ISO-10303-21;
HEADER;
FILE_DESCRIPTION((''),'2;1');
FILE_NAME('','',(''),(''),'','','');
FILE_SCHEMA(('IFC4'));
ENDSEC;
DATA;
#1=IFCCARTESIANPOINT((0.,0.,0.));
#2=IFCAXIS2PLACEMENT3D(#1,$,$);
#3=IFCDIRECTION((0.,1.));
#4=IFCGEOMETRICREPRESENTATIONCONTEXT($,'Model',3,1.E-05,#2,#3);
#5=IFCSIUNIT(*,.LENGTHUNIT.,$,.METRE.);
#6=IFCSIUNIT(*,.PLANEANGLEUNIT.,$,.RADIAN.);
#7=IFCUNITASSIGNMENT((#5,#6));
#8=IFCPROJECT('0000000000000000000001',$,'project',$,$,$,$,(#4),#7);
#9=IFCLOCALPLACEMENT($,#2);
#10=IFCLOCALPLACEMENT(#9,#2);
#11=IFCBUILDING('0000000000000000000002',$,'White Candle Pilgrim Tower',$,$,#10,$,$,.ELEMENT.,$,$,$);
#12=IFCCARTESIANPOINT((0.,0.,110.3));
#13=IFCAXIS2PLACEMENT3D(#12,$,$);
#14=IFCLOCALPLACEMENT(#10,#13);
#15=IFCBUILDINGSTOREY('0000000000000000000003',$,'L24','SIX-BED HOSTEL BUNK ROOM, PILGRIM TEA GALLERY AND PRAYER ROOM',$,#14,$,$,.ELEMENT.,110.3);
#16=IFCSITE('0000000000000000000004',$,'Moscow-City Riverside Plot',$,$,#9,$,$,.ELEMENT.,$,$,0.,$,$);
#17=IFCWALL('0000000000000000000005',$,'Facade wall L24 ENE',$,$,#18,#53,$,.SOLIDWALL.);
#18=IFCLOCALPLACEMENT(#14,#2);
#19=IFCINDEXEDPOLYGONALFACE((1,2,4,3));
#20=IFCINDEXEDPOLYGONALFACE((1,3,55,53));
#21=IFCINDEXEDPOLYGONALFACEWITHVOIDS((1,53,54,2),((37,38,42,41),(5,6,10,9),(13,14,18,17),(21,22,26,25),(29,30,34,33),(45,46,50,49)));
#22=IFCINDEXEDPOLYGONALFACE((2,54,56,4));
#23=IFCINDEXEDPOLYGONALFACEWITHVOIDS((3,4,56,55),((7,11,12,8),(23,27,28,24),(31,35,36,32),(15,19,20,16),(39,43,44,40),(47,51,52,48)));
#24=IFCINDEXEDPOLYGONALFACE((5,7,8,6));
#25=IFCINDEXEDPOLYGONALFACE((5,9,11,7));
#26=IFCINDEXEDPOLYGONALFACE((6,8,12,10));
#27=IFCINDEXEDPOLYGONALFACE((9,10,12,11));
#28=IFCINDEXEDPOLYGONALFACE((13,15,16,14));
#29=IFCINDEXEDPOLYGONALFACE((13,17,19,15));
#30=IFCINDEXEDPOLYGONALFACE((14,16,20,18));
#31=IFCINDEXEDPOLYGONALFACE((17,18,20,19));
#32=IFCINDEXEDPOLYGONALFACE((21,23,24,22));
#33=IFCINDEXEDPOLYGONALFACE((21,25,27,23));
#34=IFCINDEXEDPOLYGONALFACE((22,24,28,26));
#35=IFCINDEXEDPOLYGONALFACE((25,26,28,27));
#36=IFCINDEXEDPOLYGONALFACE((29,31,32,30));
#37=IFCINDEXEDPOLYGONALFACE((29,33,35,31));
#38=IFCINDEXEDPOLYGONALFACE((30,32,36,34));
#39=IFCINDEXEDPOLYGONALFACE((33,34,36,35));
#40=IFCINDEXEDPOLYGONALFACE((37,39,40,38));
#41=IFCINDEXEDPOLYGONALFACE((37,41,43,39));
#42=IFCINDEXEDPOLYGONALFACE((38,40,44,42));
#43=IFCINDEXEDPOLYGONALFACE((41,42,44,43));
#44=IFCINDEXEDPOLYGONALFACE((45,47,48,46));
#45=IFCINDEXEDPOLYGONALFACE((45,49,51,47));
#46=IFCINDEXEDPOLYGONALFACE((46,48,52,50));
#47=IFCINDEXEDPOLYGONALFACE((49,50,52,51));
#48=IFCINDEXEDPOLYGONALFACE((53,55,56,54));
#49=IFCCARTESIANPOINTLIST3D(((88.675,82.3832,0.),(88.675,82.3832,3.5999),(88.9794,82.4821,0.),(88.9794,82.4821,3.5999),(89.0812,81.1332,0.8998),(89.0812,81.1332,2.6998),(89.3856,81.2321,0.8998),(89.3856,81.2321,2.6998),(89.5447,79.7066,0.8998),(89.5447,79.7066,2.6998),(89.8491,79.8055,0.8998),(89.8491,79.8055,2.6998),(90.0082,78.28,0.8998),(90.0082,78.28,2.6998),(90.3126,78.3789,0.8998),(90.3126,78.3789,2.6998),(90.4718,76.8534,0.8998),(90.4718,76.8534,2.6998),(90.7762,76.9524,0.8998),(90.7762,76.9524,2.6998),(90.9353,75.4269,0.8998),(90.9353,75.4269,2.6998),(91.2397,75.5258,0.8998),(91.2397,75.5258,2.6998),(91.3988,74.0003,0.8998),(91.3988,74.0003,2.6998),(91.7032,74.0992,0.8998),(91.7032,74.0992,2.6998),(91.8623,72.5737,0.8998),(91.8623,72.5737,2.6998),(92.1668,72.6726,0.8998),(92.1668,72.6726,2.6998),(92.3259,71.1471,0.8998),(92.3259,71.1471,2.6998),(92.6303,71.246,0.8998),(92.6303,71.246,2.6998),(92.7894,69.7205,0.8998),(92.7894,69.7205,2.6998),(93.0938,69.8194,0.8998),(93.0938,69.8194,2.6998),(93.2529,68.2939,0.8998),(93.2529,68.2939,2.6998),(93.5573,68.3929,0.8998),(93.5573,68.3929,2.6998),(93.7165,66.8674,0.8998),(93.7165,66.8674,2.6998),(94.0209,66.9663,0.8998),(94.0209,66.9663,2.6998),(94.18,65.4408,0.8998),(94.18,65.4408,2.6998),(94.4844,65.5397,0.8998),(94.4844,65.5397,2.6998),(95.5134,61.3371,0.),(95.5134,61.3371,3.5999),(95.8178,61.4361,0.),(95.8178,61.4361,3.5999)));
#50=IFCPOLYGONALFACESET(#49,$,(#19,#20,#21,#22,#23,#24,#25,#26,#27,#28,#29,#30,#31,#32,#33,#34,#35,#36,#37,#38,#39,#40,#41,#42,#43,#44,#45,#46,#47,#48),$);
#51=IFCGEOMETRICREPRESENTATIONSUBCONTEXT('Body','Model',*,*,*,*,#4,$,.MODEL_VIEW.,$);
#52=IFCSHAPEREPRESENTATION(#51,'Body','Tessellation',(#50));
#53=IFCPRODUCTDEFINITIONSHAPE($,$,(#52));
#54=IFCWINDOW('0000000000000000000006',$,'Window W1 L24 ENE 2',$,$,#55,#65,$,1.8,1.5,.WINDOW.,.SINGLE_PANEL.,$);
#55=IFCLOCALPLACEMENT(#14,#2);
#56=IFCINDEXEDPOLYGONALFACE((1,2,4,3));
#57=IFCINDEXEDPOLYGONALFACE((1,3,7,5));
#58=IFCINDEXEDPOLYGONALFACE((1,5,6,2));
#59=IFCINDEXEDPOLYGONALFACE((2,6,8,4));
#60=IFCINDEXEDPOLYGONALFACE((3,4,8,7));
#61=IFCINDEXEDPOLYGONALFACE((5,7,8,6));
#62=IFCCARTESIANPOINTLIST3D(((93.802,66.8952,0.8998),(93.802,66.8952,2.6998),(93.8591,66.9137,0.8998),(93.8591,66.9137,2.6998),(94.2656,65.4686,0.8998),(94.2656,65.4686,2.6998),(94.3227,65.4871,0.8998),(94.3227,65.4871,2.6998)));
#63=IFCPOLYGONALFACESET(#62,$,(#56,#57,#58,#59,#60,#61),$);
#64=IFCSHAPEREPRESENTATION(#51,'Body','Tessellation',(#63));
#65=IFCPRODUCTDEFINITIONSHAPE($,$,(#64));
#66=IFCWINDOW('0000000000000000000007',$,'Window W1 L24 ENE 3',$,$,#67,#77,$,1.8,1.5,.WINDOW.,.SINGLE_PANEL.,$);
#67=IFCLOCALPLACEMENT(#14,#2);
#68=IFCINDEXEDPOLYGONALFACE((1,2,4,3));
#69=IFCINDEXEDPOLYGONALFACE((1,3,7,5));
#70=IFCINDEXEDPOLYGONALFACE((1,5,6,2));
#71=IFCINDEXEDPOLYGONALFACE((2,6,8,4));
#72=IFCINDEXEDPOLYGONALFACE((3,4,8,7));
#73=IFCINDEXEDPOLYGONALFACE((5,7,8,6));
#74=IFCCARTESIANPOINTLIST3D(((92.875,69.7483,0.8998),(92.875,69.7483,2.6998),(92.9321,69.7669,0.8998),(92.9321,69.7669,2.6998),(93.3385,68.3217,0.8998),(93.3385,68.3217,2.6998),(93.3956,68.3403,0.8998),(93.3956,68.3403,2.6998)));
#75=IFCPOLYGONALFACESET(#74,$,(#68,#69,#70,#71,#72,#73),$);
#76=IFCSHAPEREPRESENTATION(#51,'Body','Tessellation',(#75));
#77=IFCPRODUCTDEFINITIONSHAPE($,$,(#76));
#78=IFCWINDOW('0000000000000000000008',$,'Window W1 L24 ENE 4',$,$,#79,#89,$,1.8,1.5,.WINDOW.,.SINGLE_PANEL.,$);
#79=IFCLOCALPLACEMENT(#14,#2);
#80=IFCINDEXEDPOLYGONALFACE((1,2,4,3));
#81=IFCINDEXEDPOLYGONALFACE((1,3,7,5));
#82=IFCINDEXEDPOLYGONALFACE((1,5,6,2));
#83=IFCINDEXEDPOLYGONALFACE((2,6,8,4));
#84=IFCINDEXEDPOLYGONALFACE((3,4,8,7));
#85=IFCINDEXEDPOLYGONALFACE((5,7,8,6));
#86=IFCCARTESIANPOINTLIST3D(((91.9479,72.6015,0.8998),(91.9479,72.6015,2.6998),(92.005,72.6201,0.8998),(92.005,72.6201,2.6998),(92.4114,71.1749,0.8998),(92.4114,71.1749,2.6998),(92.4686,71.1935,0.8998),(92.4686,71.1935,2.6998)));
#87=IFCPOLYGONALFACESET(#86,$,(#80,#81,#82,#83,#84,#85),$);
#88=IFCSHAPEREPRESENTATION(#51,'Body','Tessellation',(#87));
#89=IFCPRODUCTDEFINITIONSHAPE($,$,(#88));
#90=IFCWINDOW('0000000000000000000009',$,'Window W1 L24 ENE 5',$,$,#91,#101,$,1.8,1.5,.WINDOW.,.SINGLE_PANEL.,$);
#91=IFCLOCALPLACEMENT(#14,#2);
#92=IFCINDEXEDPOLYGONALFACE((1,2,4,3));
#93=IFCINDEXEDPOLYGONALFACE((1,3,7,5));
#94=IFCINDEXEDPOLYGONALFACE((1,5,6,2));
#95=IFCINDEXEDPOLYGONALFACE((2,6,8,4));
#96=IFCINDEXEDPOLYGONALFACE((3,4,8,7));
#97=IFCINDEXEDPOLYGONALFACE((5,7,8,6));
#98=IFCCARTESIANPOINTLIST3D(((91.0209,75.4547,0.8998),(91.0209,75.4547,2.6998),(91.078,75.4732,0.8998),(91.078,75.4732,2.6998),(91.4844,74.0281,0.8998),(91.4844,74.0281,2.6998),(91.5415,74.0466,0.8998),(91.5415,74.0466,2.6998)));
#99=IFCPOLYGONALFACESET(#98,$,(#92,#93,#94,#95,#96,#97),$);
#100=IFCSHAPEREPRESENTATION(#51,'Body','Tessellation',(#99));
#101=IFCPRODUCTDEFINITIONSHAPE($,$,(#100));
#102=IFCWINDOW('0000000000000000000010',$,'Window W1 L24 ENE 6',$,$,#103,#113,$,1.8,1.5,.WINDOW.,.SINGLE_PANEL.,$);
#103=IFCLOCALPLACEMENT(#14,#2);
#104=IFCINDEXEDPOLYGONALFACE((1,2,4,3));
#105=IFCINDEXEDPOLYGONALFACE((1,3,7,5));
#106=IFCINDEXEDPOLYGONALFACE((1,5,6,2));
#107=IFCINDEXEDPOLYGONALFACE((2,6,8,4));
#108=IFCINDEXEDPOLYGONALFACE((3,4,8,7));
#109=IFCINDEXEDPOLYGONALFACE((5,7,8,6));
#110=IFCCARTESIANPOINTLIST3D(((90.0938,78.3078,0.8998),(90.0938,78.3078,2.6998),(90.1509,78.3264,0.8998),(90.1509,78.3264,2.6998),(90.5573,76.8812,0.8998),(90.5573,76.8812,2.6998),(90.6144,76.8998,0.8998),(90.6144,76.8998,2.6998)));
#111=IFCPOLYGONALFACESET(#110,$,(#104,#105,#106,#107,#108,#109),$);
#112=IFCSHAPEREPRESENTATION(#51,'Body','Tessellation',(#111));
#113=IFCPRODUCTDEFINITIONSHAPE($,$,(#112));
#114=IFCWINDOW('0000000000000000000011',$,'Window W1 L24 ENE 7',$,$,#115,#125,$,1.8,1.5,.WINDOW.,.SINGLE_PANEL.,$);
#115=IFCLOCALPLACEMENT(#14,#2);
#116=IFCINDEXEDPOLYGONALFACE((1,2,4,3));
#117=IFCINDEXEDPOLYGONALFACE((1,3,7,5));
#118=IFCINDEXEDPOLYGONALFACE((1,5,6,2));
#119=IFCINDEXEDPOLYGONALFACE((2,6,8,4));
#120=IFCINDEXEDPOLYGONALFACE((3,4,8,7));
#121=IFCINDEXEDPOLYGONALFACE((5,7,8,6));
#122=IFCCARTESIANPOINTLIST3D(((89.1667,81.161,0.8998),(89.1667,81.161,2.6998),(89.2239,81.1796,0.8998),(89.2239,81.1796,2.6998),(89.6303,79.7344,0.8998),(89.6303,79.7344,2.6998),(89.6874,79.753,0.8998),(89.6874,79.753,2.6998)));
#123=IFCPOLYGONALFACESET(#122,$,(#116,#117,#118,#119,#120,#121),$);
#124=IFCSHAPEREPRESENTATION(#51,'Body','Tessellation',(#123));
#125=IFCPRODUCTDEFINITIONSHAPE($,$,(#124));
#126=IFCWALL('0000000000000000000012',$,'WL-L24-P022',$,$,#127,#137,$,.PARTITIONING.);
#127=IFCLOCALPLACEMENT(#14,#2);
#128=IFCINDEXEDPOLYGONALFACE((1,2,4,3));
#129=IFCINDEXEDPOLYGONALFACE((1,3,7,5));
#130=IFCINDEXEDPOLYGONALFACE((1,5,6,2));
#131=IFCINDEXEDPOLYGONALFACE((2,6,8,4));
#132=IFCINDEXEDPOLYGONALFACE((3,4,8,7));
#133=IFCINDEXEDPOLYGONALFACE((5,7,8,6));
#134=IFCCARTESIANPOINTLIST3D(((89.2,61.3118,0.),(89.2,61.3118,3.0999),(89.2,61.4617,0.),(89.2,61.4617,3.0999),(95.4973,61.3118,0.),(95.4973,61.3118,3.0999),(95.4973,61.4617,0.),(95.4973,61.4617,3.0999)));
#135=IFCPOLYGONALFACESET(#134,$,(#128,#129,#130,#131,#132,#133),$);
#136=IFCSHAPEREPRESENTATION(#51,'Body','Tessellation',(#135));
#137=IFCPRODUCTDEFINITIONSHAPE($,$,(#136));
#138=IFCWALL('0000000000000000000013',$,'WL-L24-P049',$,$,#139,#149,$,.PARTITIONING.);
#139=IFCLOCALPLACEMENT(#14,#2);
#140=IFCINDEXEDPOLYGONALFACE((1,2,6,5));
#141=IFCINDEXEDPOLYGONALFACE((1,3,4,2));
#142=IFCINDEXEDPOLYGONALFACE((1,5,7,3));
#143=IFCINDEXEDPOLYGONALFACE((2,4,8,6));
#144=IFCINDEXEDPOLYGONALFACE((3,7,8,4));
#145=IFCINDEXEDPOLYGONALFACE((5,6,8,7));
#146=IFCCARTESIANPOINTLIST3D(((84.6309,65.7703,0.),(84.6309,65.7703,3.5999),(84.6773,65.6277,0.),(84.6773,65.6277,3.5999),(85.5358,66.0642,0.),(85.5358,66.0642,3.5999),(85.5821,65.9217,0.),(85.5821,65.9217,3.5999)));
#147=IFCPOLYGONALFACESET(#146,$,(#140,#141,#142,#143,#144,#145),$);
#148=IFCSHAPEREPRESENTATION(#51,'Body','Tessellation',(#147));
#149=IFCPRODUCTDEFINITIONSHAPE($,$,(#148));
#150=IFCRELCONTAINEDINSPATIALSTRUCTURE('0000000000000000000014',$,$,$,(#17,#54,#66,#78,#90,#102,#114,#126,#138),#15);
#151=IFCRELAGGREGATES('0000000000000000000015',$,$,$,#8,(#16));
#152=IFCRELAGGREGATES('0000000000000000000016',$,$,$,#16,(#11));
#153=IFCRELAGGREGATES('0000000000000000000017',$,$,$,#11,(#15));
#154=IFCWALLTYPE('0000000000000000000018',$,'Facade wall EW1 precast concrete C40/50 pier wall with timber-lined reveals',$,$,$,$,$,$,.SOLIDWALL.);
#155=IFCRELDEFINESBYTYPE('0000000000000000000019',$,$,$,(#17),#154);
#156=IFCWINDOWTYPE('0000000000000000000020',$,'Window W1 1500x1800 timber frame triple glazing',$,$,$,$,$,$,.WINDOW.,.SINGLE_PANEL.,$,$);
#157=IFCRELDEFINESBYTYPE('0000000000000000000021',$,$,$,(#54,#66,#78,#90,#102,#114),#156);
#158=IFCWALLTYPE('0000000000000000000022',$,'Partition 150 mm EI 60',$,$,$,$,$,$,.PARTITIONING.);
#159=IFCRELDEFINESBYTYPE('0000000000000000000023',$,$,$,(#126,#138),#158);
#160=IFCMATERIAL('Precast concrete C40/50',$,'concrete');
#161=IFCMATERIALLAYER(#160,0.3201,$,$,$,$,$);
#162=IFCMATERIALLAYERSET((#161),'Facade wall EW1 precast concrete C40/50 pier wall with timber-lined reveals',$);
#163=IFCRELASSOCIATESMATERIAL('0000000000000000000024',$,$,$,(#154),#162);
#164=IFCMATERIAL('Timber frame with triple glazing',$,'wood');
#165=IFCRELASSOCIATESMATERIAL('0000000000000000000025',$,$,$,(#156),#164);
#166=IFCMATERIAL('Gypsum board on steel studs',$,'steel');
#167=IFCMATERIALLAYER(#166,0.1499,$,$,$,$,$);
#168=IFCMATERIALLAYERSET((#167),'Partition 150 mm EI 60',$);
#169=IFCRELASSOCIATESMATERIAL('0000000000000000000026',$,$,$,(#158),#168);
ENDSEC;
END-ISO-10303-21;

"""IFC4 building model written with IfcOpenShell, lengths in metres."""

from ifc_helpers import new_model, si_unit, direction, frame, frame_2d, origin, place, context, subcontext, project, spatial, rectangle, extrude, material, layer, layer_set, type_object, element, fill, save


model = new_model("IFC4")

# Units and contexts
model_context = context("Model", 3, precision=1e-05, world=origin(), true_north=direction((0.0, 1.0)))
body_context = subcontext(model_context, "Body", "Model", "MODEL_VIEW")
ifc_project = project(units=[si_unit("LENGTHUNIT", "METRE"), si_unit("PLANEANGLEUNIT", "RADIAN")], contexts=[model_context])

# Site, building, storey
site_placement = place(None, origin())
site = spatial("IfcSite", under=ifc_project, at=site_placement, Name="Moscow-City Riverside Plot", CompositionType="ELEMENT", RefElevation=0.0)
building_placement = place(site_placement, origin())
building = spatial("IfcBuilding", under=site, at=building_placement, Name="White Candle Pilgrim Tower", CompositionType="ELEMENT")
storey_placement = place(building_placement, frame((0.0, 0.0, 110.3)))
storey = spatial("IfcBuildingStorey", under=building, at=storey_placement, Name="L24", Description="SIX-BED HOSTEL BUNK ROOM, PILGRIM TEA GALLERY AND PRAYER ROOM", CompositionType="ELEMENT", Elevation=110.3)

# Shared definitions
ifc_material_1 = material(Name="Gypsum board on steel studs", Category="steel")

# Wall, openings, windows
ifc_material_2 = material(Name="Precast concrete C40/50", Category="concrete")
ifc_layer_1 = layer(ifc_material_2, 0.3201)
ifc_layer_set_1 = layer_set([ifc_layer_1], Name="Facade wall EW1 precast concrete C40/50 pier wall with timber-lined reveals")
wall_type_1 = type_object("IfcWallType", Name="Facade wall EW1 precast concrete C40/50 pier wall with timber-lined reveals", PredefinedType="SOLIDWALL", material=ifc_layer_set_1)
wall_1_placement = place(storey_placement, frame((95.6655, 61.3867, 0.0), z_axis=(0.0, 0.0, 1.0), x_axis=(-0.30902, 0.951056, 0.0)))
wall_1 = element("IfcWall", 1, at=wall_1_placement, inside=storey, type_object=wall_type_1, Name="Facade wall L24 ENE", PredefinedType="SOLIDWALL", context=body_context, shape_type="SweptSolid", body=[
    extrude(rectangle(XDim=22.1292, YDim=0.3201, at=frame_2d((11.0645, 0.0))), origin(), (0.0, 0.0, 1.0), 3.5999),
])
opening_1_placement = place(wall_1_placement, frame((4.3147, 0.0, 0.8999)))
opening_1 = element("IfcOpeningElement", 2, at=opening_1_placement, cuts=wall_1, PredefinedType="OPENING", context=body_context, shape_type="SweptSolid", body=[
    extrude(rectangle(XDim=1.5, YDim=1.8, at=frame_2d((0.75, 0.8999))), frame((0.0, 0.1699, 0.0), z_axis=(0.0, -1.0, 0.0), x_axis=(1.0, 0.0, 0.0)), (0.0, 0.0, 1.0), 0.3401),
])
opening_2_placement = place(wall_1_placement, frame((7.3147, 0.0, 0.8999)))
opening_2 = element("IfcOpeningElement", 3, at=opening_2_placement, cuts=wall_1, PredefinedType="OPENING", context=body_context, shape_type="SweptSolid", body=[
    extrude(rectangle(XDim=1.5, YDim=1.8, at=frame_2d((0.75, 0.8999))), frame((0.0, 0.1699, 0.0), z_axis=(0.0, -1.0, 0.0), x_axis=(1.0, 0.0, 0.0)), (0.0, 0.0, 1.0), 0.3401),
])
opening_3_placement = place(wall_1_placement, frame((10.3147, 0.0, 0.8999)))
opening_3 = element("IfcOpeningElement", 4, at=opening_3_placement, cuts=wall_1, PredefinedType="OPENING", context=body_context, shape_type="SweptSolid", body=[
    extrude(rectangle(XDim=1.5, YDim=1.8, at=frame_2d((0.75, 0.8999))), frame((0.0, 0.1699, 0.0), z_axis=(0.0, -1.0, 0.0), x_axis=(1.0, 0.0, 0.0)), (0.0, 0.0, 1.0), 0.3401),
])
opening_4_placement = place(wall_1_placement, frame((13.3147, 0.0, 0.8999)))
opening_4 = element("IfcOpeningElement", 5, at=opening_4_placement, cuts=wall_1, PredefinedType="OPENING", context=body_context, shape_type="SweptSolid", body=[
    extrude(rectangle(XDim=1.5, YDim=1.8, at=frame_2d((0.75, 0.8999))), frame((0.0, 0.1699, 0.0), z_axis=(0.0, -1.0, 0.0), x_axis=(1.0, 0.0, 0.0)), (0.0, 0.0, 1.0), 0.3401),
])
opening_5_placement = place(wall_1_placement, frame((16.3147, 0.0, 0.8999)))
opening_5 = element("IfcOpeningElement", 6, at=opening_5_placement, cuts=wall_1, PredefinedType="OPENING", context=body_context, shape_type="SweptSolid", body=[
    extrude(rectangle(XDim=1.5, YDim=1.8, at=frame_2d((0.75, 0.8999))), frame((0.0, 0.1699, 0.0), z_axis=(0.0, -1.0, 0.0), x_axis=(1.0, 0.0, 0.0)), (0.0, 0.0, 1.0), 0.3401),
])
opening_6_placement = place(wall_1_placement, frame((19.3147, 0.0, 0.8999)))
opening_6 = element("IfcOpeningElement", 7, at=opening_6_placement, cuts=wall_1, PredefinedType="OPENING", context=body_context, shape_type="SweptSolid", body=[
    extrude(rectangle(XDim=1.5, YDim=1.8, at=frame_2d((0.75, 0.8999))), frame((0.0, 0.1699, 0.0), z_axis=(0.0, -1.0, 0.0), x_axis=(1.0, 0.0, 0.0)), (0.0, 0.0, 1.0), 0.3401),
])
ifc_material_3 = material(Name="Timber frame with triple glazing", Category="wood")
window_type = type_object("IfcWindowType", Name="Window W1 1500x1800 timber frame triple glazing", PartitioningType="SINGLE_PANEL", PredefinedType="WINDOW", material=ifc_material_3)
window_1_placement = place(opening_1_placement, origin())
window_1 = element("IfcWindow", 8, at=window_1_placement, inside=storey, type_object=window_type, Name="Window W1 L24 ENE 2", OverallHeight=1.8, OverallWidth=1.5, PartitioningType="SINGLE_PANEL", PredefinedType="WINDOW", context=body_context, shape_type="SweptSolid", body=[
    extrude(rectangle(XDim=1.5, YDim=1.8, at=frame_2d((0.75, 0.8999))), frame((0.0, 0.0701, 0.0), z_axis=(0.0, -1.0, 0.0), x_axis=(1.0, 0.0, 0.0)), (0.0, 0.0, 1.0), 0.0601),
])
fill(opening_1, window_1)
window_2_placement = place(opening_2_placement, origin())
window_2 = element("IfcWindow", 9, at=window_2_placement, inside=storey, type_object=window_type, Name="Window W1 L24 ENE 3", OverallHeight=1.8, OverallWidth=1.5, PartitioningType="SINGLE_PANEL", PredefinedType="WINDOW", context=body_context, shape_type="SweptSolid", body=[
    extrude(rectangle(XDim=1.5, YDim=1.8, at=frame_2d((0.75, 0.8999))), frame((0.0, 0.0701, 0.0), z_axis=(0.0, -1.0, 0.0), x_axis=(1.0, 0.0, 0.0)), (0.0, 0.0, 1.0), 0.0601),
])
fill(opening_2, window_2)
window_3_placement = place(opening_3_placement, origin())
window_3 = element("IfcWindow", 10, at=window_3_placement, inside=storey, type_object=window_type, Name="Window W1 L24 ENE 4", OverallHeight=1.8, OverallWidth=1.5, PartitioningType="SINGLE_PANEL", PredefinedType="WINDOW", context=body_context, shape_type="SweptSolid", body=[
    extrude(rectangle(XDim=1.5, YDim=1.8, at=frame_2d((0.75, 0.8999))), frame((0.0, 0.0701, 0.0), z_axis=(0.0, -1.0, 0.0), x_axis=(1.0, 0.0, 0.0)), (0.0, 0.0, 1.0), 0.0601),
])
fill(opening_3, window_3)
window_4_placement = place(opening_4_placement, origin())
window_4 = element("IfcWindow", 11, at=window_4_placement, inside=storey, type_object=window_type, Name="Window W1 L24 ENE 5", OverallHeight=1.8, OverallWidth=1.5, PartitioningType="SINGLE_PANEL", PredefinedType="WINDOW", context=body_context, shape_type="SweptSolid", body=[
    extrude(rectangle(XDim=1.5, YDim=1.8, at=frame_2d((0.75, 0.8999))), frame((0.0, 0.0701, 0.0), z_axis=(0.0, -1.0, 0.0), x_axis=(1.0, 0.0, 0.0)), (0.0, 0.0, 1.0), 0.0601),
])
fill(opening_4, window_4)
window_5_placement = place(opening_5_placement, origin())
window_5 = element("IfcWindow", 12, at=window_5_placement, inside=storey, type_object=window_type, Name="Window W1 L24 ENE 6", OverallHeight=1.8, OverallWidth=1.5, PartitioningType="SINGLE_PANEL", PredefinedType="WINDOW", context=body_context, shape_type="SweptSolid", body=[
    extrude(rectangle(XDim=1.5, YDim=1.8, at=frame_2d((0.75, 0.8999))), frame((0.0, 0.0701, 0.0), z_axis=(0.0, -1.0, 0.0), x_axis=(1.0, 0.0, 0.0)), (0.0, 0.0, 1.0), 0.0601),
])
fill(opening_5, window_5)
window_6_placement = place(opening_6_placement, origin())
window_6 = element("IfcWindow", 13, at=window_6_placement, inside=storey, type_object=window_type, Name="Window W1 L24 ENE 7", OverallHeight=1.8, OverallWidth=1.5, PartitioningType="SINGLE_PANEL", PredefinedType="WINDOW", context=body_context, shape_type="SweptSolid", body=[
    extrude(rectangle(XDim=1.5, YDim=1.8, at=frame_2d((0.75, 0.8999))), frame((0.0, 0.0701, 0.0), z_axis=(0.0, -1.0, 0.0), x_axis=(1.0, 0.0, 0.0)), (0.0, 0.0, 1.0), 0.0601),
])
fill(opening_6, window_6)

# Walls
ifc_layer_2 = layer(ifc_material_1, 0.1499)
ifc_layer_set_2 = layer_set([ifc_layer_2], Name="Partition 150 mm EI 60")
wall_type_2 = type_object("IfcWallType", Name="Partition 150 mm EI 60", PredefinedType="PARTITIONING", material=ifc_layer_set_2)
wall_2_placement = place(storey_placement, frame((95.4973, 61.3867, 0.0), z_axis=(0.0, 0.0, 1.0), x_axis=(-1.0, 0.0, 0.0)))
element("IfcWall", 14, at=wall_2_placement, inside=storey, type_object=wall_type_2, Name="WL-L24-P022", PredefinedType="PARTITIONING", context=body_context, shape_type="SweptSolid", body=[
    extrude(rectangle(XDim=6.2974, YDim=0.1499, at=frame_2d((3.1487, 0.0))), origin(), (0.0, 0.0, 1.0), 3.0999),
])
wall_3_placement = place(storey_placement, frame((85.5588, 65.9929, 0.0), z_axis=(0.0, 0.0, 1.0), x_axis=(-0.951068, -0.308982, 0.0)))
element("IfcWall", 15, at=wall_3_placement, inside=storey, type_object=wall_type_2, Name="WL-L24-P049", PredefinedType="PARTITIONING", context=body_context, shape_type="SweptSolid", body=[
    extrude(rectangle(XDim=0.9514, YDim=0.1499, at=frame_2d((0.4756, 0.0))), origin(), (0.0, 0.0, 1.0), 3.5999),
])

save(model, "model.ifc")
